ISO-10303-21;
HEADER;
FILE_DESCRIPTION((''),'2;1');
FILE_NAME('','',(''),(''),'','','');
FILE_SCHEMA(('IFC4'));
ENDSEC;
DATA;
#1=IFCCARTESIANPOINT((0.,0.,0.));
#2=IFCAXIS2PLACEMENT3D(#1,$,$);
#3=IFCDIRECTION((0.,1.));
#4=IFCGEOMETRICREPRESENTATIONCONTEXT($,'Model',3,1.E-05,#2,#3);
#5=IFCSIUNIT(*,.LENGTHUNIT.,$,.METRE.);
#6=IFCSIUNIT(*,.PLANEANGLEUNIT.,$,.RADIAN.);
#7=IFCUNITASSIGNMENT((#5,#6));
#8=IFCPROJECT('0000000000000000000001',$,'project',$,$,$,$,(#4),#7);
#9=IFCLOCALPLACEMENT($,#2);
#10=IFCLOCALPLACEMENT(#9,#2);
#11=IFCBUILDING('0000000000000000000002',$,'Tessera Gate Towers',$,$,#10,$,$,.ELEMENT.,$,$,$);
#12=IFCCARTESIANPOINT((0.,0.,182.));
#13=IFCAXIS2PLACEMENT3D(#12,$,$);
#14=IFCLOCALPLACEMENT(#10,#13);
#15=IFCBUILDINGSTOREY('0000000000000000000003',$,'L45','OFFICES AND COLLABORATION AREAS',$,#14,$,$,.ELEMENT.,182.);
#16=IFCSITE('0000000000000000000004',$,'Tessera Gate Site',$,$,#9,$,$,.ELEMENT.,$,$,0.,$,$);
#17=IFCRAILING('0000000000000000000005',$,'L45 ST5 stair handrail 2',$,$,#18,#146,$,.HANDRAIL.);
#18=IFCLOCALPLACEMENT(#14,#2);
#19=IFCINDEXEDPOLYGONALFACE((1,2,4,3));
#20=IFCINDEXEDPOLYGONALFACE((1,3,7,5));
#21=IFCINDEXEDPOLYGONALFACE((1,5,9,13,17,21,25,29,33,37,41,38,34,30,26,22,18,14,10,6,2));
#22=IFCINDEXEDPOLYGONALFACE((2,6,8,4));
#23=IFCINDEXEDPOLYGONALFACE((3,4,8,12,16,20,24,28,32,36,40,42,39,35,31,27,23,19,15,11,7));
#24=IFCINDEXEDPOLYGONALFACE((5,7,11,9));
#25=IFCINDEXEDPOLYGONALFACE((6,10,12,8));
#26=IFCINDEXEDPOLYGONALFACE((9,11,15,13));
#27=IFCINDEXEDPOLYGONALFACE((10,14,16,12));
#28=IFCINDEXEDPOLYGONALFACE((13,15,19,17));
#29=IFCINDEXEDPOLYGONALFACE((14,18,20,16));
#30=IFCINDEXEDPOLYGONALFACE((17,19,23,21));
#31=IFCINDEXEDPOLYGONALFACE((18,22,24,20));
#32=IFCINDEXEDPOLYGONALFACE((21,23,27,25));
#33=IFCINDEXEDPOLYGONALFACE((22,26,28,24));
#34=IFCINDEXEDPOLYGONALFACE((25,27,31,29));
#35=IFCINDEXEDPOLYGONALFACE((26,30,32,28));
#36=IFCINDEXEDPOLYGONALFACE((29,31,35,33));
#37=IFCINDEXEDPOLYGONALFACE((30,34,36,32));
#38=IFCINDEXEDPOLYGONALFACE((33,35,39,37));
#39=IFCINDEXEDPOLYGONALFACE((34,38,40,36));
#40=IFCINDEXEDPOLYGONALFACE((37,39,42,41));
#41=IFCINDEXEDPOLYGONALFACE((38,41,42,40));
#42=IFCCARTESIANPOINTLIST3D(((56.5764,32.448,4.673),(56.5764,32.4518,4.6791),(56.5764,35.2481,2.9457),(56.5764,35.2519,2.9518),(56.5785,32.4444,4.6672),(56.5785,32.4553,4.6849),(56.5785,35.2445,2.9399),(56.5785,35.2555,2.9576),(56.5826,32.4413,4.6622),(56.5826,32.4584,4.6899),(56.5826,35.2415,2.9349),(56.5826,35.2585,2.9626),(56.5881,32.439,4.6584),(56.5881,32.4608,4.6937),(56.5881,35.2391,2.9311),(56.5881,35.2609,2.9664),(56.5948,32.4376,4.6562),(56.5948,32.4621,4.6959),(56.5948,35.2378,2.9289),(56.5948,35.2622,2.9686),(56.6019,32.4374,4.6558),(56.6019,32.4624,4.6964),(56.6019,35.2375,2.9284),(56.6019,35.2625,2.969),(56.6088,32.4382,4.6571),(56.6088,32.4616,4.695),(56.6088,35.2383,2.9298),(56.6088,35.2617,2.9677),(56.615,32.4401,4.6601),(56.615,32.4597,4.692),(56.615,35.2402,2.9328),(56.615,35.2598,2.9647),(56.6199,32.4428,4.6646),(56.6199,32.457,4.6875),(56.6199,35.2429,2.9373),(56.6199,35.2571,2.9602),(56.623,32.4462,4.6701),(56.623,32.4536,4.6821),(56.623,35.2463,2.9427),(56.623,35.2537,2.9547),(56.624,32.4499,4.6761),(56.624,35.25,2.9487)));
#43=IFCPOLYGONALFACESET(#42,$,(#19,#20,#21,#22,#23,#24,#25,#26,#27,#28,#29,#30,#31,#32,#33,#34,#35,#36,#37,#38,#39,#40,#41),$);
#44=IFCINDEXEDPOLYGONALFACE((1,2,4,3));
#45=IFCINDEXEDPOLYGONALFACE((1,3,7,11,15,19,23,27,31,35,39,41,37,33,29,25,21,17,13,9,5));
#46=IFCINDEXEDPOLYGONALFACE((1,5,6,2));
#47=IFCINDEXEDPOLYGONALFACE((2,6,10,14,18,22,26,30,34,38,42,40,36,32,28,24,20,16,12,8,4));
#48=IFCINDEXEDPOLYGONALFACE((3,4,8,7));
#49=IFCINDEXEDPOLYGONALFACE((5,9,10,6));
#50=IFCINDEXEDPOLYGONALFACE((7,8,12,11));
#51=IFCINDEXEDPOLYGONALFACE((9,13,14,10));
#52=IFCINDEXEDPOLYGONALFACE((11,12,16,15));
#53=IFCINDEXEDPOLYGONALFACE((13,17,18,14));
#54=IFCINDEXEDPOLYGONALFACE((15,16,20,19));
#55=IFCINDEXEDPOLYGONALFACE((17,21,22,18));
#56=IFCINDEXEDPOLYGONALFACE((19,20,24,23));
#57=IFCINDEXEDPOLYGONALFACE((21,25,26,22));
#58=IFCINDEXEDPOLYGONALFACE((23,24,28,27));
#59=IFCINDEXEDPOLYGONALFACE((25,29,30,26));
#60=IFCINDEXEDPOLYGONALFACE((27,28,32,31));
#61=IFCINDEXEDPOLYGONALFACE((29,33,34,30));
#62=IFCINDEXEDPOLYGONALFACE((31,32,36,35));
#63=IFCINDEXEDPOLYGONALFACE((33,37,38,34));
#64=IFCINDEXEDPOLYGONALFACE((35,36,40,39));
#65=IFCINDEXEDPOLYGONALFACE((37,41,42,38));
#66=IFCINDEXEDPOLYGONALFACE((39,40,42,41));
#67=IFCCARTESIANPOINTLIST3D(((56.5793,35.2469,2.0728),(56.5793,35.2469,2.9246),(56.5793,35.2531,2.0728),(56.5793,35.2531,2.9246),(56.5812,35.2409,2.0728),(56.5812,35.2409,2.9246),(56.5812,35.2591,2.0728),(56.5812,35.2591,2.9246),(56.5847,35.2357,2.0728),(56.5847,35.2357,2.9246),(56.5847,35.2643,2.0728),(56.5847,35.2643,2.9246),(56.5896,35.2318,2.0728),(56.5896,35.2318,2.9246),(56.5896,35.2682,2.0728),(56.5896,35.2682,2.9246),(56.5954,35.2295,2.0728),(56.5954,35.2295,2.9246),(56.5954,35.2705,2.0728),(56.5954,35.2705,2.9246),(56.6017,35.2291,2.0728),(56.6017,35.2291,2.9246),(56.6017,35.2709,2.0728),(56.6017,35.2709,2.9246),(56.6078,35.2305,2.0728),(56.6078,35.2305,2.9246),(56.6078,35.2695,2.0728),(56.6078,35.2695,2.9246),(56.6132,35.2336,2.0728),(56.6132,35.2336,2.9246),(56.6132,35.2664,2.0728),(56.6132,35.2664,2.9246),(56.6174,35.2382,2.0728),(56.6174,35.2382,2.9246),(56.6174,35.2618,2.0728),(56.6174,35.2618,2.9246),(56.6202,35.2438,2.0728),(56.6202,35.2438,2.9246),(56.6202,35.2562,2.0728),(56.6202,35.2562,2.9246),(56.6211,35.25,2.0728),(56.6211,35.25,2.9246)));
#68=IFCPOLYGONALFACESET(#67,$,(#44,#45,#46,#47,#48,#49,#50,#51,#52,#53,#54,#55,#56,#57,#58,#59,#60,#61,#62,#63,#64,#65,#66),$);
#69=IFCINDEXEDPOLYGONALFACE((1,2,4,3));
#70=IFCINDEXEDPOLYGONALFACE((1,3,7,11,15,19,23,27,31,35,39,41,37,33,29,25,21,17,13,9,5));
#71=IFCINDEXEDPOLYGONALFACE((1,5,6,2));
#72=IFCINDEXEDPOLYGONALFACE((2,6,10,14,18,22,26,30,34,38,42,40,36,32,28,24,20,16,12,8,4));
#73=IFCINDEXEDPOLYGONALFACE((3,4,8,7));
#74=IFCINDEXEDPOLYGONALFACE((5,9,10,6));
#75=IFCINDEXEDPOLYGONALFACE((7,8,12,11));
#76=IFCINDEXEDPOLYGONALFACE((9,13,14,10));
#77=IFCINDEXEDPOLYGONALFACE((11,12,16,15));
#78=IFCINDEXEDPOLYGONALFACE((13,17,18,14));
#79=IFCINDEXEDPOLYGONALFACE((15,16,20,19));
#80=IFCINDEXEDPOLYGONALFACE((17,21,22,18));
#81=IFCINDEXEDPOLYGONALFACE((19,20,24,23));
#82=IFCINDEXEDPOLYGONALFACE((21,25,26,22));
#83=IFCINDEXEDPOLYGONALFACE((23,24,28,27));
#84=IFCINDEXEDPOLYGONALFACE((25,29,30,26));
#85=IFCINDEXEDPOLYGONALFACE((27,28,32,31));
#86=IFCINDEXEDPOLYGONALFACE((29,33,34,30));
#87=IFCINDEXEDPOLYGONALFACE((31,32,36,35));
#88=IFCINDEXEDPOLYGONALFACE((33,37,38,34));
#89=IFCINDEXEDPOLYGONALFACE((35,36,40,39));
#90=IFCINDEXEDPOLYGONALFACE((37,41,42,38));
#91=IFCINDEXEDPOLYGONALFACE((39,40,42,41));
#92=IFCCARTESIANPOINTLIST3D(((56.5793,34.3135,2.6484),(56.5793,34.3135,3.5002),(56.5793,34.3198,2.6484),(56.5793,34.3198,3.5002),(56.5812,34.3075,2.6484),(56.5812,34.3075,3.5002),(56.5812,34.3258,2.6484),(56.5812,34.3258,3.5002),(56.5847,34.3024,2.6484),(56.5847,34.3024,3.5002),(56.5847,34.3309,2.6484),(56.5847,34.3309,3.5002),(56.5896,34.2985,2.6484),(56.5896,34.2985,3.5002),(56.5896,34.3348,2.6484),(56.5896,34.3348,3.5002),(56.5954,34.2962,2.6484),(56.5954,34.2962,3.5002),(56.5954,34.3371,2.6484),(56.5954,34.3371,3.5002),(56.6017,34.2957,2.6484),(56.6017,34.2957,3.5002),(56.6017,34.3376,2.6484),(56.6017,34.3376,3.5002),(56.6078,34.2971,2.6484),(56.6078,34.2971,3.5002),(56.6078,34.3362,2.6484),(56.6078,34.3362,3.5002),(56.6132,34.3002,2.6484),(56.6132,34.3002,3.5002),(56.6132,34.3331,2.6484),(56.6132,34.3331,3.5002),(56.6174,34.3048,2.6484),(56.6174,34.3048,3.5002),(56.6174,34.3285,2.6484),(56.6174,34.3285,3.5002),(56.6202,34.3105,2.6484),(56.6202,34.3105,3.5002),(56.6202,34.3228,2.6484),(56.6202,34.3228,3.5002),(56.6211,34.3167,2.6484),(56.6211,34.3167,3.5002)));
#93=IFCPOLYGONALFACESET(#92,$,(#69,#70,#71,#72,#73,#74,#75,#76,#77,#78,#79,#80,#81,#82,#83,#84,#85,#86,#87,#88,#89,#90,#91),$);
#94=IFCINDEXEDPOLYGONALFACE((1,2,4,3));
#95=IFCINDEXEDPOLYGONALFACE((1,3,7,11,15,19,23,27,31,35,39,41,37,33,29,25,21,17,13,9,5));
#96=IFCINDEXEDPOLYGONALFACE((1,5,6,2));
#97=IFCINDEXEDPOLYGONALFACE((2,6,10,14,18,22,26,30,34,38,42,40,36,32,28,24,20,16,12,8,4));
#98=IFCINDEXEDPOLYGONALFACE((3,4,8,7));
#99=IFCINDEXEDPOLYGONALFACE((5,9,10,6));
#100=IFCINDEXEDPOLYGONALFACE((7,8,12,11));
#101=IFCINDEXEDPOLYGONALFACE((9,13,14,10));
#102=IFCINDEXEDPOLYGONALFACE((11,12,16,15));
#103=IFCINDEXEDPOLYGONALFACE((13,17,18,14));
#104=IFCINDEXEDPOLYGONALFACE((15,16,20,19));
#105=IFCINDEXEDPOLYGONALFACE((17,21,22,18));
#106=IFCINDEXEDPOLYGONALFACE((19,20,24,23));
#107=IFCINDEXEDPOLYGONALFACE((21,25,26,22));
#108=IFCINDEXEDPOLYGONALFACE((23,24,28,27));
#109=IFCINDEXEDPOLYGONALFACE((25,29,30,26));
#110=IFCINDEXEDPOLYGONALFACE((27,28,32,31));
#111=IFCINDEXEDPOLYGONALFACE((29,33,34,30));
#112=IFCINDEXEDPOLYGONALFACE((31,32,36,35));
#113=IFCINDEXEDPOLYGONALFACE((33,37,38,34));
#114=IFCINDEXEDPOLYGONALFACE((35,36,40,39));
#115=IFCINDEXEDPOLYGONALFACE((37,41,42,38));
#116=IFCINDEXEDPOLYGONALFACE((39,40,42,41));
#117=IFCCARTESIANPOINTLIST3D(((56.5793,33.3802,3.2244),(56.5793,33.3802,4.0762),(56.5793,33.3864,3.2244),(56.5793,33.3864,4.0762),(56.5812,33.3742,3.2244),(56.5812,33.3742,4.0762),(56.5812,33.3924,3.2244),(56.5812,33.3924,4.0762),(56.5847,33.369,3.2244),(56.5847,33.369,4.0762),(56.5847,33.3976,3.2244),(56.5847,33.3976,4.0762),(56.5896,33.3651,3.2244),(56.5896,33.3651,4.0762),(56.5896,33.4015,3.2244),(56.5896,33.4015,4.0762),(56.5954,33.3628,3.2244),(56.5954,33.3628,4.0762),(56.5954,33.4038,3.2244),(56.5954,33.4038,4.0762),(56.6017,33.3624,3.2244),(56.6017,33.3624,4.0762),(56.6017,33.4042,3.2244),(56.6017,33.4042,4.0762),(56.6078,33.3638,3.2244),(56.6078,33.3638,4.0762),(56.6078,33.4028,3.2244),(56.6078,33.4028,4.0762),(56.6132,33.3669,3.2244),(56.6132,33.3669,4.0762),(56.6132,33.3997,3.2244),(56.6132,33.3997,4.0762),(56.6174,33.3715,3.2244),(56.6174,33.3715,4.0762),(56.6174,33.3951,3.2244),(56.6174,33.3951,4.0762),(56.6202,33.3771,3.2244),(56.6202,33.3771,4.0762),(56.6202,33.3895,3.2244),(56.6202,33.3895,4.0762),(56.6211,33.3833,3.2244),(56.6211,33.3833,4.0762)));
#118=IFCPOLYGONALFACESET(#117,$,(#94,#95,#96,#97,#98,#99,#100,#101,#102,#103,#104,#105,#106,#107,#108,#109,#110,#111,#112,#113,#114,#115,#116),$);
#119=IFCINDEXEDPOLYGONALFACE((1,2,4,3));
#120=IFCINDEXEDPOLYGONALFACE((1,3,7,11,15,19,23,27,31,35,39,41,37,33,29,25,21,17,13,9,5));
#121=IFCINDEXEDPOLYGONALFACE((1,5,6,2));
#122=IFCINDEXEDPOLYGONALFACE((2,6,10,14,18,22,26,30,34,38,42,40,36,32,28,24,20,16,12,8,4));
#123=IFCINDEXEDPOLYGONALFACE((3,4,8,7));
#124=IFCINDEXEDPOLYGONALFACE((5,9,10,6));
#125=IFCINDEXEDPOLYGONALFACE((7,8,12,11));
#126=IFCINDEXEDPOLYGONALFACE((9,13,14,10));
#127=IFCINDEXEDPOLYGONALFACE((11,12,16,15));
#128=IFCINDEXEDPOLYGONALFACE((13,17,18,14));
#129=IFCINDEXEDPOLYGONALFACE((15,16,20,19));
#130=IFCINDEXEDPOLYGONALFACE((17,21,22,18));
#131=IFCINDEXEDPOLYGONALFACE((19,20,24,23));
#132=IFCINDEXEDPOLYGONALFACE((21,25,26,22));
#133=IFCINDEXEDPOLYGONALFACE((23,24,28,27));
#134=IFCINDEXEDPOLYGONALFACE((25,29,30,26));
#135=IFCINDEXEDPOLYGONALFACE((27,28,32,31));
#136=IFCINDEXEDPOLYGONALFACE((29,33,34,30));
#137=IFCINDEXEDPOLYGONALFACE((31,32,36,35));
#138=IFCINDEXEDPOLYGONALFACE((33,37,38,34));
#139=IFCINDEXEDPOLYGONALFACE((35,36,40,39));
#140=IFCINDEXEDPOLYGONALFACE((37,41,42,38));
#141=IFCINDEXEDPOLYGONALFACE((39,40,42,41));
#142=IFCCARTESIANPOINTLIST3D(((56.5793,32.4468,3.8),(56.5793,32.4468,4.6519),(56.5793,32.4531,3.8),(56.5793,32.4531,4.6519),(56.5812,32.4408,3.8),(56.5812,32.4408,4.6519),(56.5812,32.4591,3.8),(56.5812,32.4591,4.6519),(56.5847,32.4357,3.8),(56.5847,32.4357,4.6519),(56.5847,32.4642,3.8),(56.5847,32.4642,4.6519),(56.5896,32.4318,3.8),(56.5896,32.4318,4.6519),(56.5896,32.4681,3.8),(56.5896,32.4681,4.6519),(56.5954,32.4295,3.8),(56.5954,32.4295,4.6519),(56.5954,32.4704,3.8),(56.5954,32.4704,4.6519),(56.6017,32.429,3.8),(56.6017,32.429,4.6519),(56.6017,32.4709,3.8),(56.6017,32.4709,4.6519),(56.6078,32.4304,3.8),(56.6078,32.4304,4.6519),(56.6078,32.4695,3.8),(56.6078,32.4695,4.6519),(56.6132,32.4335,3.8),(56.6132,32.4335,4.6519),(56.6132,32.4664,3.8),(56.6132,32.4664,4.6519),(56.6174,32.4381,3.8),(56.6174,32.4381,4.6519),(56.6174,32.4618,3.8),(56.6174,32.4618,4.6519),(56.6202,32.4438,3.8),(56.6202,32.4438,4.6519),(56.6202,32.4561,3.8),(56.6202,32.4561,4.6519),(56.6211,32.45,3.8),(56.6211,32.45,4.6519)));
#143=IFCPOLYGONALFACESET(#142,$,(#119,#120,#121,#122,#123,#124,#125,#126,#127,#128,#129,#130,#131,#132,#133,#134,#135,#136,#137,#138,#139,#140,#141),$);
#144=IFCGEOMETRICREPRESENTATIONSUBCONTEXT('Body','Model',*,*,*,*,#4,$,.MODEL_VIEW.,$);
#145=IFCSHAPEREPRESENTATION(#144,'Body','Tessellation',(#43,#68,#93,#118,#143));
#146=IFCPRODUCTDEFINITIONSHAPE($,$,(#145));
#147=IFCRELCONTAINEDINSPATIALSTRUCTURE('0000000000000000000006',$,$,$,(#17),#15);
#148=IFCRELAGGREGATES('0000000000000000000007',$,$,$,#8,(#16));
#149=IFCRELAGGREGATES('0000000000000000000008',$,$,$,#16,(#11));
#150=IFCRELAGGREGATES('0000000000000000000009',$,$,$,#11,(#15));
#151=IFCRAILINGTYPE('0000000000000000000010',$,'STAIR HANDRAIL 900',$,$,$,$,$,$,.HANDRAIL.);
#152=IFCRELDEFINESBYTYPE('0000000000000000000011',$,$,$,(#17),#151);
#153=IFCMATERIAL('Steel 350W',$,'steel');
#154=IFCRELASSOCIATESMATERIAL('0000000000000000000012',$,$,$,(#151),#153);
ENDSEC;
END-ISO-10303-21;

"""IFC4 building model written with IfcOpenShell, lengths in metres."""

from ifc_helpers import new_model, si_unit, direction, frame, origin, origin_2d, place, context, subcontext, project, spatial, circle, extrude, material, type_object, element, save


model = new_model("IFC4")

# Units and contexts
model_context = context("Model", 3, precision=1e-05, world=origin(), true_north=direction((0.0, 1.0)))
body_context = subcontext(model_context, "Body", "Model", "MODEL_VIEW")
ifc_project = project(units=[si_unit("LENGTHUNIT", "METRE"), si_unit("PLANEANGLEUNIT", "RADIAN")], contexts=[model_context])

# Site, building, storey
site_placement = place(None, origin())
site = spatial("IfcSite", under=ifc_project, at=site_placement, Name="Tessera Gate Site", CompositionType="ELEMENT", RefElevation=0.0)
building_placement = place(site_placement, origin())
building = spatial("IfcBuilding", under=site, at=building_placement, Name="Tessera Gate Towers", CompositionType="ELEMENT")
storey_placement = place(building_placement, frame((0.0, 0.0, 182.0)))
storey = spatial("IfcBuildingStorey", under=building, at=storey_placement, Name="L45", Description="OFFICES AND COLLABORATION AREAS", CompositionType="ELEMENT", Elevation=182.0)

# Railing
ifc_material_1 = material(Name="Steel 350W", Category="steel")
railing_type_1 = type_object("IfcRailingType", Name="STAIR HANDRAIL 900", PredefinedType="HANDRAIL", material=ifc_material_1)
railing_1_placement = place(storey_placement, frame((56.6001, 35.25, 2.0728)))
element("IfcRailing", 1, at=railing_1_placement, inside=storey, type_object=railing_type_1, Name="L45 ST5 stair handrail 2", PredefinedType="HANDRAIL", context=body_context, shape_type="SweptSolid", body=[
    extrude(circle(Radius=0.0239, at=origin_2d()), frame((0.0, 0.0, 0.876), z_axis=(0.0, -0.85109, 0.52502), x_axis=(1.0, 0.0, 0.0)), (0.0, 0.0, 1.0), 3.29),
    extrude(circle(Radius=0.021, at=origin_2d()), origin(), (0.0, 0.0, 1.0), 0.8518),
    extrude(circle(Radius=0.021, at=origin_2d()), frame((0.0, -0.9333, 0.5757)), (0.0, 0.0, 1.0), 0.8518),
    extrude(circle(Radius=0.021, at=origin_2d()), frame((0.0, -1.8667, 1.1516)), (0.0, 0.0, 1.0), 0.8518),
    extrude(circle(Radius=0.021, at=origin_2d()), frame((0.0, -2.8, 1.7273)), (0.0, 0.0, 1.0), 0.8518),
])

save(model, "model.ifc")
